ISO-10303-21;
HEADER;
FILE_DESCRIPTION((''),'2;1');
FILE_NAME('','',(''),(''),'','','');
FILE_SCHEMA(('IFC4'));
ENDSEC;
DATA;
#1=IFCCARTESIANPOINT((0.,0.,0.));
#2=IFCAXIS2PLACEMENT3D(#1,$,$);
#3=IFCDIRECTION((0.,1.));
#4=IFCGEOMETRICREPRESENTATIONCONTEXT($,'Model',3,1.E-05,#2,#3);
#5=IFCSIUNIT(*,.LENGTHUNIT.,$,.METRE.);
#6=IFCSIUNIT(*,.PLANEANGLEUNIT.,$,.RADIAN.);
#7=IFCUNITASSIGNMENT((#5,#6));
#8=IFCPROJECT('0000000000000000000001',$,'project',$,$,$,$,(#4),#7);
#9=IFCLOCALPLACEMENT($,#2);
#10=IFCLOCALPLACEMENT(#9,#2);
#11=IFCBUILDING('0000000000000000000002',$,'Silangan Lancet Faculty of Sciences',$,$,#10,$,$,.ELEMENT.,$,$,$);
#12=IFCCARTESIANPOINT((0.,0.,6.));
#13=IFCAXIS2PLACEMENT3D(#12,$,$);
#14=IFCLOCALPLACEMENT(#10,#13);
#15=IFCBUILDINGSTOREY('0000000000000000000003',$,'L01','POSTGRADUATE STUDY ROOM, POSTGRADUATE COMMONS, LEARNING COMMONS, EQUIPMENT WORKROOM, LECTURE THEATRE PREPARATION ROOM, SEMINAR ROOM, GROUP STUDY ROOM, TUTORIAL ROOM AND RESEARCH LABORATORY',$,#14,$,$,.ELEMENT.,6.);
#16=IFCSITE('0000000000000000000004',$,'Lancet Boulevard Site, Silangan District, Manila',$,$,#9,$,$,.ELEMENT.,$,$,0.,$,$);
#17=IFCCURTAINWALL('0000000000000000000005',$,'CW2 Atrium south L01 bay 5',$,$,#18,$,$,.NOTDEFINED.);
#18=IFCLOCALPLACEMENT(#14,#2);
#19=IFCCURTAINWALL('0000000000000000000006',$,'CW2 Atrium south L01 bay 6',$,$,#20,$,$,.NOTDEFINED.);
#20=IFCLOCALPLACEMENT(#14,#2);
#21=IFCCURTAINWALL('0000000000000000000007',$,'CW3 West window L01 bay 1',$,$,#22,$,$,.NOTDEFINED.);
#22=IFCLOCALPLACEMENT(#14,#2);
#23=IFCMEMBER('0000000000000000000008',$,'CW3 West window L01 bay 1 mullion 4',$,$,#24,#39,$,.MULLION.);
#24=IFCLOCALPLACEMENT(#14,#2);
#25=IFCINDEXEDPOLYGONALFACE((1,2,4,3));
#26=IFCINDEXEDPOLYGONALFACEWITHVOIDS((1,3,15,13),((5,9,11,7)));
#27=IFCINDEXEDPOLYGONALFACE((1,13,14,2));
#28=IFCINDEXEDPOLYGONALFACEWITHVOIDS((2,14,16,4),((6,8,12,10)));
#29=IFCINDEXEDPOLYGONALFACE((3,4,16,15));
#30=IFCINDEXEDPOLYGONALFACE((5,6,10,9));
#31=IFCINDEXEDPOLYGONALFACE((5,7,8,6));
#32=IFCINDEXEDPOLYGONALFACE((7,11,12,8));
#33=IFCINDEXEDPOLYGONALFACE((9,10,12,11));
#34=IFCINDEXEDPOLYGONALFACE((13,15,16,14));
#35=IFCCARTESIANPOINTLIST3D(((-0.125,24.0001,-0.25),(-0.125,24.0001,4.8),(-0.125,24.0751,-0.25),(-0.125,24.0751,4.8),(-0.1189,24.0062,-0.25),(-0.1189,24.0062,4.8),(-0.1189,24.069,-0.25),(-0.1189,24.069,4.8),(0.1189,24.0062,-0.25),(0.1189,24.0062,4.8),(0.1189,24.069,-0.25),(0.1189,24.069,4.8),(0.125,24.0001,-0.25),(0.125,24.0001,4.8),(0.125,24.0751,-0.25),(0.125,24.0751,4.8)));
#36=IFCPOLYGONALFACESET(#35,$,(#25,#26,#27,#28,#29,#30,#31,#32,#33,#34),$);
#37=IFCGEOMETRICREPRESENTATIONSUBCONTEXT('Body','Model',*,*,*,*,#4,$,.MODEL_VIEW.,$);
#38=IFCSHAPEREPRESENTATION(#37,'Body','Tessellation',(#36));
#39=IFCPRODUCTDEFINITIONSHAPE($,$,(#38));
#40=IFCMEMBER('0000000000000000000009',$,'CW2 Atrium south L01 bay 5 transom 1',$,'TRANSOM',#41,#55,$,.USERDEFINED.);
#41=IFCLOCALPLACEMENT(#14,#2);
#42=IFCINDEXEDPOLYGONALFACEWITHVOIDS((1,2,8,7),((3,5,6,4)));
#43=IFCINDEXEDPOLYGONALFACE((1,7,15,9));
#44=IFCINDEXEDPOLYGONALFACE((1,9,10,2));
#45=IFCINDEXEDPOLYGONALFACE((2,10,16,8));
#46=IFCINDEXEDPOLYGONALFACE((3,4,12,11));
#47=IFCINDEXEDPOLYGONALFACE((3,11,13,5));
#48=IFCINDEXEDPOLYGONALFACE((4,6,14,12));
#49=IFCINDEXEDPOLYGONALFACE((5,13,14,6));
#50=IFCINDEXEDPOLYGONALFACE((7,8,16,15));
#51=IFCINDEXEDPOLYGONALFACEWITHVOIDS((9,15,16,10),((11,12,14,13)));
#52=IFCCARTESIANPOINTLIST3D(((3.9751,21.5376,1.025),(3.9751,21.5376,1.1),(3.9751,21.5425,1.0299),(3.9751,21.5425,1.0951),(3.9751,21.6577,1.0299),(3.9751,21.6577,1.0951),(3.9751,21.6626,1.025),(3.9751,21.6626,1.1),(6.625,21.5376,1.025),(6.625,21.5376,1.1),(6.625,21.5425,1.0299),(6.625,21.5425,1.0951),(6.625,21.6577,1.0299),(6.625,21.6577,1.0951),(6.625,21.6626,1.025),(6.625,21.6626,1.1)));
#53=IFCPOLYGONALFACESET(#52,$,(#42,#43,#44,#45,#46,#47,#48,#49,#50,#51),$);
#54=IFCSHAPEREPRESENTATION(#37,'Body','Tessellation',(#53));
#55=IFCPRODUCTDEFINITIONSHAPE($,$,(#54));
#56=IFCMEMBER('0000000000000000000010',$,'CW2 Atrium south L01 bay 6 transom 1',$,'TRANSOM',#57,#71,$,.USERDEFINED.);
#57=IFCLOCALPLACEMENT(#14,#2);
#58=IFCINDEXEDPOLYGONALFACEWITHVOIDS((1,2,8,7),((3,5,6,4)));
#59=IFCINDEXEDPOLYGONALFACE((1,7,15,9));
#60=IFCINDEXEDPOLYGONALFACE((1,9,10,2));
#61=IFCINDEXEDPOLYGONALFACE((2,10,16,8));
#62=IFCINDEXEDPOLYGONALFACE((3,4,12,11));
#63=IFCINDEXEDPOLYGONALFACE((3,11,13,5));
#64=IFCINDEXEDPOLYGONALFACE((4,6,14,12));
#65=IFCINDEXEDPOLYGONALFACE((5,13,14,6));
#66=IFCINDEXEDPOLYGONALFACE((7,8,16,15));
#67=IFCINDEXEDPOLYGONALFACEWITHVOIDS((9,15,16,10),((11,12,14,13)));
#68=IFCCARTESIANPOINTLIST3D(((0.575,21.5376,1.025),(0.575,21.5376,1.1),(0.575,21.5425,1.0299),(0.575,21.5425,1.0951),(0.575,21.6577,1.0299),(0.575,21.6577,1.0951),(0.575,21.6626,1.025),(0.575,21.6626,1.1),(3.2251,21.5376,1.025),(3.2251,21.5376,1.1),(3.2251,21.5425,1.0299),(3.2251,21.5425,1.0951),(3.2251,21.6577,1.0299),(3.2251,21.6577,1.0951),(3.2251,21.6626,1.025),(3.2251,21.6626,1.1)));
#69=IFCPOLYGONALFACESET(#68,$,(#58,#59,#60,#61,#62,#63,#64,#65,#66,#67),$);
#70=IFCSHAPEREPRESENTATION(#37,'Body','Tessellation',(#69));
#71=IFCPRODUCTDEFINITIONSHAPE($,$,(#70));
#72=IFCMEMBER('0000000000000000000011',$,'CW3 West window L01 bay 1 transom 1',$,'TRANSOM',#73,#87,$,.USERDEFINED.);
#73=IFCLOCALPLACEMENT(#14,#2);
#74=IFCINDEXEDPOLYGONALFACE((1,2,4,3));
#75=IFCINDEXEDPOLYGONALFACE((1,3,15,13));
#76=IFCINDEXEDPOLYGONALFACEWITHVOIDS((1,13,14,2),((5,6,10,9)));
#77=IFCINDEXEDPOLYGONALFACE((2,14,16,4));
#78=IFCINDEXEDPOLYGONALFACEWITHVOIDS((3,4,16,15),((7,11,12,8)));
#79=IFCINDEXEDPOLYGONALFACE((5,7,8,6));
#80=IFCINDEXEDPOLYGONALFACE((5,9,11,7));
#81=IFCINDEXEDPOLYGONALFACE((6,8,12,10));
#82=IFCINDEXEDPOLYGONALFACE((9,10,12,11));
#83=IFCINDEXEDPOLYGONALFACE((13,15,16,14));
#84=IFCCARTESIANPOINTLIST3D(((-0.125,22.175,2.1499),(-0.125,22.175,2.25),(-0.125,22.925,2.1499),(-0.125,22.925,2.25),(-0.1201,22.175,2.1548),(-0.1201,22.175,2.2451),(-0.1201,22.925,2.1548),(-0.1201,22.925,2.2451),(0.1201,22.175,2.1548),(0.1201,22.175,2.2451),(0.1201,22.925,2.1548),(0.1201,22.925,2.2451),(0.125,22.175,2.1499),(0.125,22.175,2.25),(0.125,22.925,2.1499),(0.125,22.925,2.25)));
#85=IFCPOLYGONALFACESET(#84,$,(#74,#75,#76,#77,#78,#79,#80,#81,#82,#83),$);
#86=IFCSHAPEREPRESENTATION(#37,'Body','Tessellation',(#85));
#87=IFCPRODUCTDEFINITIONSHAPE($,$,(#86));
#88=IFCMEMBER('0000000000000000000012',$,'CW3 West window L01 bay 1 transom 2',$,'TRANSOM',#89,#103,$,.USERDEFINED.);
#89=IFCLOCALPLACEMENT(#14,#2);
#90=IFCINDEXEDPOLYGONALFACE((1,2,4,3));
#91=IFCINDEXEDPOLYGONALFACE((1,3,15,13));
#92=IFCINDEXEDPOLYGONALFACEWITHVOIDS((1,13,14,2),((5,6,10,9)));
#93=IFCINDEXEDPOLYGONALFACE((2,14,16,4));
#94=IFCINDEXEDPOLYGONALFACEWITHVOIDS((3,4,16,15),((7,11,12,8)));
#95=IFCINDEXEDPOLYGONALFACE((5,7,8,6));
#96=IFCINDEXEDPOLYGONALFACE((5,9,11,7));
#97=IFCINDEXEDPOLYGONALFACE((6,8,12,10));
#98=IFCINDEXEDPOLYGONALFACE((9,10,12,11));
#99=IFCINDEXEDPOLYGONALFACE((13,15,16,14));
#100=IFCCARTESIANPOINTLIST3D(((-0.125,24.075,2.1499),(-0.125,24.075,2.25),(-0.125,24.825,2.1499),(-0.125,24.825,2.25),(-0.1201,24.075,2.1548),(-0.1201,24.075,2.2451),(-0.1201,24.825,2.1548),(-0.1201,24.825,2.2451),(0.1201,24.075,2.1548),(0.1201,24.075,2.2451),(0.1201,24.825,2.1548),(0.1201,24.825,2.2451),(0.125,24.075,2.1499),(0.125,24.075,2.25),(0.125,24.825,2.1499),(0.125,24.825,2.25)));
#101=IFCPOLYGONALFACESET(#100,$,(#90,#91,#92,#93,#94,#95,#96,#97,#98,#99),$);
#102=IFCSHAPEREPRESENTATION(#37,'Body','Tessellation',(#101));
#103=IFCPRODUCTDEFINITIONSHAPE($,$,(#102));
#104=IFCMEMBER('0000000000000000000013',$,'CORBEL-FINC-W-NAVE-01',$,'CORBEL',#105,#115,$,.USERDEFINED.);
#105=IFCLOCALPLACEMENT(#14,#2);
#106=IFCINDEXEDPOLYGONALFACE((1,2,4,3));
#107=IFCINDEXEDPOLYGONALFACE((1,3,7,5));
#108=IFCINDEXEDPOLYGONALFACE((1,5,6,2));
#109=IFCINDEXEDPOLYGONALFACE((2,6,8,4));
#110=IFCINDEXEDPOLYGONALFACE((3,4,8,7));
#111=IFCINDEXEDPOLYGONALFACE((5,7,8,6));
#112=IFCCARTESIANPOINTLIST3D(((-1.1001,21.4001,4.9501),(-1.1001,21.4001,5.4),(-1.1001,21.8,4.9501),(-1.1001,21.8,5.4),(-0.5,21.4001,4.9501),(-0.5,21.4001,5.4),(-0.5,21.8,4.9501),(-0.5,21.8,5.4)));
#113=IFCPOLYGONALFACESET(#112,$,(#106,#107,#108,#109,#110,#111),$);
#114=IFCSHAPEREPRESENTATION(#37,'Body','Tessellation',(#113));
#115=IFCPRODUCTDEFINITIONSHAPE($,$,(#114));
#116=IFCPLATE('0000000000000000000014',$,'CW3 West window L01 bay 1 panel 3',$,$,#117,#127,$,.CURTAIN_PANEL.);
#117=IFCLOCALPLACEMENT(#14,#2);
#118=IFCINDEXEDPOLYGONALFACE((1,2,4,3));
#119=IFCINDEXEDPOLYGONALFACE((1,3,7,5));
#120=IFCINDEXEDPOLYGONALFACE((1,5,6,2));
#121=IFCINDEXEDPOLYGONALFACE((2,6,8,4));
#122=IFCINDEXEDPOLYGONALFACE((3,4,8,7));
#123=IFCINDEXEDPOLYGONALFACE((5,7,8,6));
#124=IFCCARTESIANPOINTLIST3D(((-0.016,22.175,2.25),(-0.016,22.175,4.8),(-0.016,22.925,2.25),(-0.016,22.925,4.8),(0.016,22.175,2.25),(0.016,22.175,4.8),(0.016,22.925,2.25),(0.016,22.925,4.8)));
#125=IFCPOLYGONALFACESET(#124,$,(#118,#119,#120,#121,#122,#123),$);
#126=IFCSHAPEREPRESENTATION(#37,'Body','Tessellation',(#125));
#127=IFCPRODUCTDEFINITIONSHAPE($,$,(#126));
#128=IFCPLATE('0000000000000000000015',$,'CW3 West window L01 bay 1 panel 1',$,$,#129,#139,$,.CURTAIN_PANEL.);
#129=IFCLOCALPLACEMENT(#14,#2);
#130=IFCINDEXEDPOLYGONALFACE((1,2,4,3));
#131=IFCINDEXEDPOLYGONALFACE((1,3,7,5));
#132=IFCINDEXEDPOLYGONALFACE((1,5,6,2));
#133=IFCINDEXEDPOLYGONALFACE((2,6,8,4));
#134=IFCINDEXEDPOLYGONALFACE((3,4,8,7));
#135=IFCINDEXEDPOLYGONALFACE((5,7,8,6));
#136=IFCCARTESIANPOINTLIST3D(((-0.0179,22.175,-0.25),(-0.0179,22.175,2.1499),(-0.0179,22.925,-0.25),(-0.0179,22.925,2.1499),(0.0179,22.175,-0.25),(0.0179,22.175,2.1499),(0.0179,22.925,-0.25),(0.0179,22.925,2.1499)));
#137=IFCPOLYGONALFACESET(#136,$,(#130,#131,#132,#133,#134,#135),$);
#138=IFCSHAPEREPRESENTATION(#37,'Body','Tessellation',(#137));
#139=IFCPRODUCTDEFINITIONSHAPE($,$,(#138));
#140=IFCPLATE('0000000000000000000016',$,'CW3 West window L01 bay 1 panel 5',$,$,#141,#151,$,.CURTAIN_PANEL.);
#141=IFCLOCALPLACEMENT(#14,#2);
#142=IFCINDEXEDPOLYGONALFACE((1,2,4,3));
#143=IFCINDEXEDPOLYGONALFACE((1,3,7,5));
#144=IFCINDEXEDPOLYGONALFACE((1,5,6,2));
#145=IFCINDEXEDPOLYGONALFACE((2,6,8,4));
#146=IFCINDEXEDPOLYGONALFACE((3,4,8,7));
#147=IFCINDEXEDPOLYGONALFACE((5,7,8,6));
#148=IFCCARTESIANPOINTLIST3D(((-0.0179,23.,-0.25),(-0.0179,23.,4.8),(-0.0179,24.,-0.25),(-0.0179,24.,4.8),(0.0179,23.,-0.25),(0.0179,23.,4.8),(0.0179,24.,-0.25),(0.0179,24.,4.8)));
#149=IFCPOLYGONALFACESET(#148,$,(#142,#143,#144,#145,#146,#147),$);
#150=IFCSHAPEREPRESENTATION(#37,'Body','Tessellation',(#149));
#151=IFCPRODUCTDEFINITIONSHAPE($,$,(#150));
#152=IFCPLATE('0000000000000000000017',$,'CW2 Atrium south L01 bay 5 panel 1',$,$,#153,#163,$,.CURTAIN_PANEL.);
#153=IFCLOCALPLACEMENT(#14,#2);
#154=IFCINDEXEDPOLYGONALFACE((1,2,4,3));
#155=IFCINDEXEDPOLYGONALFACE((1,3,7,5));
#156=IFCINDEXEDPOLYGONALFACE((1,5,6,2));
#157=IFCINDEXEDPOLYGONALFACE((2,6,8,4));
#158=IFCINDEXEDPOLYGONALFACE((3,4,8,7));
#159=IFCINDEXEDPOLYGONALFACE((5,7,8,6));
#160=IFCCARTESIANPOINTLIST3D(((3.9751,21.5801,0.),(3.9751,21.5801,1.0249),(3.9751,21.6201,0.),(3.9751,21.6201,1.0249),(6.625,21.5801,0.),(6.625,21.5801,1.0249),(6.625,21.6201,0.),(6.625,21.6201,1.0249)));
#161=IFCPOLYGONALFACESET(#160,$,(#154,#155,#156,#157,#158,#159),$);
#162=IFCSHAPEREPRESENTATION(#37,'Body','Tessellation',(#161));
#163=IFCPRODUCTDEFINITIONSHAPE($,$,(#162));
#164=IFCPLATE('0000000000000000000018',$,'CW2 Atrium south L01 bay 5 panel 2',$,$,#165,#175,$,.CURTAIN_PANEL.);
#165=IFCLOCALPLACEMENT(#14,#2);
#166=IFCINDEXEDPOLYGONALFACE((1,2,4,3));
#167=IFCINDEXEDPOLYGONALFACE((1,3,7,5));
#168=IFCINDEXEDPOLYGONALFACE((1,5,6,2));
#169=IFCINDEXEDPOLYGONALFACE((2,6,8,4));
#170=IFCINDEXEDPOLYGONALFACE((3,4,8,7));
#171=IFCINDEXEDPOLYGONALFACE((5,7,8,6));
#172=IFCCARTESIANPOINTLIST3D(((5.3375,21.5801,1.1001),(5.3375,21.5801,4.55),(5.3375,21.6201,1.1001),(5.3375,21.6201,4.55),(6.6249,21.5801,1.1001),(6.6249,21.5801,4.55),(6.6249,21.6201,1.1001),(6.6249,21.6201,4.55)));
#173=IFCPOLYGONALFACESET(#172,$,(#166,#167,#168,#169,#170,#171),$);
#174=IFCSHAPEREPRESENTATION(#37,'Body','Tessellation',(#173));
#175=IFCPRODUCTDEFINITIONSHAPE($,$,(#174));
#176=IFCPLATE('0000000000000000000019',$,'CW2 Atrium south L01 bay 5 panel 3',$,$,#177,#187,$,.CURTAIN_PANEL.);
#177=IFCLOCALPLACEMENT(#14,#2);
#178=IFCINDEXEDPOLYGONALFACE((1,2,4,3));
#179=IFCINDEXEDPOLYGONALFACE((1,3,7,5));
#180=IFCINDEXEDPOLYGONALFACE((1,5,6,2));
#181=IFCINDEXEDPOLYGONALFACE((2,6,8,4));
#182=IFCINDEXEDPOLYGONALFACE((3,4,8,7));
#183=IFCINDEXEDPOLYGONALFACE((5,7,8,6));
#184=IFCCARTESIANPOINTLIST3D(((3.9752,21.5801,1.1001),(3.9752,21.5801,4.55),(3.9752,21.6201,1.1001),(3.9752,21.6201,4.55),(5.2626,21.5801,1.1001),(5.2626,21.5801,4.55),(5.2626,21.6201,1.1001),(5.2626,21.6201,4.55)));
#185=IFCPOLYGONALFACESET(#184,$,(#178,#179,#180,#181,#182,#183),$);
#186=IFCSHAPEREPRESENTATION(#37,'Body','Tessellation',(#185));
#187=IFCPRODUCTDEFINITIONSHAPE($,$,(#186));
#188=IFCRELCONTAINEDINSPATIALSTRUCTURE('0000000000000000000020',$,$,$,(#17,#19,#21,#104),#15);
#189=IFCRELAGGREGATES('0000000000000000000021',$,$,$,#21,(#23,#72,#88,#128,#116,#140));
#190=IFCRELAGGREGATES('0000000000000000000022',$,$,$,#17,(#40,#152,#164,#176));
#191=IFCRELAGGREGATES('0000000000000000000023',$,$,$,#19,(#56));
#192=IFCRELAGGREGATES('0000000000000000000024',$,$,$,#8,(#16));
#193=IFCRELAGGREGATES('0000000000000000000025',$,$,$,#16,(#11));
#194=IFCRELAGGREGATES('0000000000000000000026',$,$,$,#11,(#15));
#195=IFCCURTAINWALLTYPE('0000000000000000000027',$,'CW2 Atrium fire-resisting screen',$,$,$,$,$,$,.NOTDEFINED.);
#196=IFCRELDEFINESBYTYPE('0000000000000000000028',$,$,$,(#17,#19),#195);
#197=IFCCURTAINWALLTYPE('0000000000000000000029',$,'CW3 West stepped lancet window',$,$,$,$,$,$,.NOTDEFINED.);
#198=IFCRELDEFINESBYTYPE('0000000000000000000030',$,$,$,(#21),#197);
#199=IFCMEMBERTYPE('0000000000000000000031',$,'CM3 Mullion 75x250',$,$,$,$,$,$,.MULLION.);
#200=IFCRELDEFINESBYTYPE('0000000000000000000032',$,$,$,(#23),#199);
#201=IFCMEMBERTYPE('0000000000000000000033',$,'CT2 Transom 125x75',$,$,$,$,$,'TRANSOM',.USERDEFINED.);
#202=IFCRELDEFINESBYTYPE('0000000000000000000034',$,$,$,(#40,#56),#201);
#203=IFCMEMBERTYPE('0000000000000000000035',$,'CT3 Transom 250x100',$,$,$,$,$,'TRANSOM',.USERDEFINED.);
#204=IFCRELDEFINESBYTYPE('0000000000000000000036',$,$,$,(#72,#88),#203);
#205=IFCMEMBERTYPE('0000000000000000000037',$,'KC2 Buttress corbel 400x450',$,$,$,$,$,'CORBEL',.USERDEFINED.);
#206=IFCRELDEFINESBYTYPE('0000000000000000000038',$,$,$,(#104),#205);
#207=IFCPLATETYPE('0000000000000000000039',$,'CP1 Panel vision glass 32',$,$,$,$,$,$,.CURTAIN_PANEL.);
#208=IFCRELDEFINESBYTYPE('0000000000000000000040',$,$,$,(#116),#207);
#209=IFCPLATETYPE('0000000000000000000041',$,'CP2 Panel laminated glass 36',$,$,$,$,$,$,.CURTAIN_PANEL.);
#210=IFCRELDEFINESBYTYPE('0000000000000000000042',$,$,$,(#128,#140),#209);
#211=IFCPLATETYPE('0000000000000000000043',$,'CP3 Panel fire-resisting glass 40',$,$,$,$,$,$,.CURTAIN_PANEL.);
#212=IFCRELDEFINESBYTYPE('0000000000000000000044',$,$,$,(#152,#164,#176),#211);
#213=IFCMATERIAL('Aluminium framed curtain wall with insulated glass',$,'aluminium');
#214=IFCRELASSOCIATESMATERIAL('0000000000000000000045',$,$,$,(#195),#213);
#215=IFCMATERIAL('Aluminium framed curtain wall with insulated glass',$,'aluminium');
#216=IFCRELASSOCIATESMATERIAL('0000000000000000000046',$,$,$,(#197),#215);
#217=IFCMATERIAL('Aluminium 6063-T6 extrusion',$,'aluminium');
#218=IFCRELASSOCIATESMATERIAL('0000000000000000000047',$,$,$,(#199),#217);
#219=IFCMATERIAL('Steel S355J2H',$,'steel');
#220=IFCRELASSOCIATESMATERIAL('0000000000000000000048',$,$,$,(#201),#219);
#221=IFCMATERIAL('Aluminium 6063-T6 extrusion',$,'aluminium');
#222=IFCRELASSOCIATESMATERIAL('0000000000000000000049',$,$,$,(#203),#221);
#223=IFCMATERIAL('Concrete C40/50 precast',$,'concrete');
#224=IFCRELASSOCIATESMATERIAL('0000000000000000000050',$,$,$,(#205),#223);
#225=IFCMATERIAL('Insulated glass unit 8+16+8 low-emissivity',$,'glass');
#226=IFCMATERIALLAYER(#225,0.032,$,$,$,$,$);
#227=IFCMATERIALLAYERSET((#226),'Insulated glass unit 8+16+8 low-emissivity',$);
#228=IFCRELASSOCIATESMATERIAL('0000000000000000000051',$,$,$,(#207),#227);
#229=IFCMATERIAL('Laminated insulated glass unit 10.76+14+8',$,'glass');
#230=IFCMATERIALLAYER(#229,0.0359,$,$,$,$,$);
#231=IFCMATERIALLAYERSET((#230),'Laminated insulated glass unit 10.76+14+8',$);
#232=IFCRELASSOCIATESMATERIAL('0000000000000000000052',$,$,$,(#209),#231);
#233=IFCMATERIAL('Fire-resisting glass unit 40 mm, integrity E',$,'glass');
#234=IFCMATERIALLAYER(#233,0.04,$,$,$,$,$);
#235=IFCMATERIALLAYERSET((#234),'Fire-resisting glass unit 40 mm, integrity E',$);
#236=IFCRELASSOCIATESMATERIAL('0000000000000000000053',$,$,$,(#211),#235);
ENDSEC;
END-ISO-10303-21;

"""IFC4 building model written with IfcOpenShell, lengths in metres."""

from ifc_helpers import new_model, si_unit, direction, frame, origin, origin_2d, place, context, subcontext, project, spatial, rectangle, hollow_rectangle, extrude, material, layer, layer_set, material_profile, profile_set, type_object, element, aggregate, save


model = new_model("IFC4")

# Units and contexts
model_context = context("Model", 3, precision=1e-05, world=origin(), true_north=direction((0.0, 1.0)))
body_context = subcontext(model_context, "Body", "Model", "MODEL_VIEW")
ifc_project = project(units=[si_unit("LENGTHUNIT", "METRE"), si_unit("PLANEANGLEUNIT", "RADIAN")], contexts=[model_context])

# Site, building, storey
site_placement = place(None, origin())
site = spatial("IfcSite", under=ifc_project, at=site_placement, Name="Lancet Boulevard Site, Silangan District, Manila", CompositionType="ELEMENT", RefElevation=0.0)
building_placement = place(site_placement, origin())
building = spatial("IfcBuilding", under=site, at=building_placement, Name="Silangan Lancet Faculty of Sciences", CompositionType="ELEMENT")
storey_placement = place(building_placement, frame((0.0, 0.0, 6.0)))
storey = spatial("IfcBuildingStorey", under=building, at=storey_placement, Name="L01", Description="POSTGRADUATE STUDY ROOM, POSTGRADUATE COMMONS, LEARNING COMMONS, EQUIPMENT WORKROOM, LECTURE THEATRE PREPARATION ROOM, SEMINAR ROOM, GROUP STUDY ROOM, TUTORIAL ROOM AND RESEARCH LABORATORY", CompositionType="ELEMENT", Elevation=6.0)

# Curtain walls, member
ifc_material_1 = material(Name="Aluminium framed curtain wall with insulated glass", Category="aluminium")
curtain_wall_type_1 = type_object("IfcCurtainWallType", Name="CW2 Atrium fire-resisting screen", PredefinedType="NOTDEFINED", material=ifc_material_1)
curtain_wall_1_placement = place(storey_placement, origin())
curtain_wall_1 = element("IfcCurtainWall", 1, at=curtain_wall_1_placement, inside=storey, type_object=curtain_wall_type_1, Name="CW2 Atrium south L01 bay 5", PredefinedType="NOTDEFINED")
curtain_wall_2_placement = place(storey_placement, origin())
curtain_wall_2 = element("IfcCurtainWall", 2, at=curtain_wall_2_placement, inside=storey, type_object=curtain_wall_type_1, Name="CW2 Atrium south L01 bay 6", PredefinedType="NOTDEFINED")
ifc_material_2 = material(Name="Aluminium framed curtain wall with insulated glass", Category="aluminium")
curtain_wall_type_2 = type_object("IfcCurtainWallType", Name="CW3 West stepped lancet window", PredefinedType="NOTDEFINED", material=ifc_material_2)
curtain_wall_3_placement = place(storey_placement, origin())
curtain_wall_3 = element("IfcCurtainWall", 3, at=curtain_wall_3_placement, inside=storey, type_object=curtain_wall_type_2, Name="CW3 West window L01 bay 1", PredefinedType="NOTDEFINED")
ifc_material_3 = material(Name="Aluminium 6063-T6 extrusion", Category="aluminium")
ifc_material_profile_1 = material_profile(ifc_material_3, hollow_rectangle(XDim=0.075, YDim=0.25, WallThickness=0.0061, at=origin_2d()), Name="AL BOX 75x250x6")
ifc_profile_set_1 = profile_set([ifc_material_profile_1], Name="Aluminium 6063-T6 extrusion")
member_type_1 = type_object("IfcMemberType", Name="CM3 Mullion 75x250", PredefinedType="MULLION", material=ifc_profile_set_1)
member_1_placement = place(storey_placement, frame((0.0, 24.0376, -0.25), z_axis=(0.0, 0.0, 1.0), x_axis=(0.0, 1.0, 0.0)))
member_1 = element("IfcMember", 4, at=member_1_placement, type_object=member_type_1, Name="CW3 West window L01 bay 1 mullion 4", PredefinedType="MULLION", context=body_context, shape_type="SweptSolid", body=[
    extrude(hollow_rectangle(XDim=0.075, YDim=0.25, WallThickness=0.0061, at=origin_2d()), origin(), (0.0, 0.0, 1.0), 5.05),
])

# Members
ifc_material_4 = material(Name="Steel S355J2H", Category="steel")
ifc_material_profile_2 = material_profile(ifc_material_4, hollow_rectangle(XDim=0.125, YDim=0.075, WallThickness=0.0049, at=origin_2d()), Name="ST BOX 125x75x5")
ifc_profile_set_2 = profile_set([ifc_material_profile_2], Name="Steel S355J2H")
member_type_2 = type_object("IfcMemberType", Name="CT2 Transom 125x75", ElementType="TRANSOM", PredefinedType="USERDEFINED", material=ifc_profile_set_2)
member_2_placement = place(storey_placement, frame((6.625, 21.6001, 1.0625), z_axis=(-1.0, 0.0, 0.0), x_axis=(0.0, -1.0, 0.0)))
member_2 = element("IfcMember", 5, at=member_2_placement, type_object=member_type_2, Name="CW2 Atrium south L01 bay 5 transom 1", ObjectType="TRANSOM", PredefinedType="USERDEFINED", context=body_context, shape_type="SweptSolid", body=[
    extrude(hollow_rectangle(XDim=0.125, YDim=0.075, WallThickness=0.0049, at=origin_2d()), origin(), (0.0, 0.0, 1.0), 2.6499),
])
member_3_placement = place(storey_placement, frame((3.2251, 21.6001, 1.0625), z_axis=(-1.0, 0.0, 0.0), x_axis=(0.0, -1.0, 0.0)))
member_3 = element("IfcMember", 6, at=member_3_placement, type_object=member_type_2, Name="CW2 Atrium south L01 bay 6 transom 1", ObjectType="TRANSOM", PredefinedType="USERDEFINED", context=body_context, shape_type="SweptSolid", body=[
    extrude(hollow_rectangle(XDim=0.125, YDim=0.075, WallThickness=0.0049, at=origin_2d()), origin(), (0.0, 0.0, 1.0), 2.6501),
])
ifc_material_5 = material(Name="Aluminium 6063-T6 extrusion", Category="aluminium")
ifc_material_profile_3 = material_profile(ifc_material_5, hollow_rectangle(XDim=0.25, YDim=0.1001, WallThickness=0.0049, at=origin_2d()), Name="AL BOX 250x100x5")
ifc_profile_set_3 = profile_set([ifc_material_profile_3], Name="Aluminium 6063-T6 extrusion")
member_type_3 = type_object("IfcMemberType", Name="CT3 Transom 250x100", ElementType="TRANSOM", PredefinedType="USERDEFINED", material=ifc_profile_set_3)
member_4_placement = place(storey_placement, frame((0.0, 22.175, 2.2), z_axis=(0.0, 1.0, 0.0), x_axis=(-1.0, 0.0, 0.0)))
member_4 = element("IfcMember", 7, at=member_4_placement, type_object=member_type_3, Name="CW3 West window L01 bay 1 transom 1", ObjectType="TRANSOM", PredefinedType="USERDEFINED", context=body_context, shape_type="SweptSolid", body=[
    extrude(hollow_rectangle(XDim=0.25, YDim=0.1001, WallThickness=0.0049, at=origin_2d()), origin(), (0.0, 0.0, 1.0), 0.75),
])
member_5_placement = place(storey_placement, frame((0.0, 24.075, 2.2), z_axis=(0.0, 1.0, 0.0), x_axis=(-1.0, 0.0, 0.0)))
member_5 = element("IfcMember", 8, at=member_5_placement, type_object=member_type_3, Name="CW3 West window L01 bay 1 transom 2", ObjectType="TRANSOM", PredefinedType="USERDEFINED", context=body_context, shape_type="SweptSolid", body=[
    extrude(hollow_rectangle(XDim=0.25, YDim=0.1001, WallThickness=0.0049, at=origin_2d()), origin(), (0.0, 0.0, 1.0), 0.75),
])
ifc_material_6 = material(Name="Concrete C40/50 precast", Category="concrete")
ifc_material_profile_4 = material_profile(ifc_material_6, rectangle(XDim=0.3999, YDim=0.45, at=origin_2d()), Name="RC 400x450")
ifc_profile_set_4 = profile_set([ifc_material_profile_4], Name="Concrete C40/50 precast")
member_type_4 = type_object("IfcMemberType", Name="KC2 Buttress corbel 400x450", ElementType="CORBEL", PredefinedType="USERDEFINED", material=ifc_profile_set_4)
member_6_placement = place(storey_placement, frame((-0.5, 21.6001, 5.175), z_axis=(-1.0, 0.0, 0.0), x_axis=(0.0, -1.0, 0.0)))
element("IfcMember", 9, at=member_6_placement, inside=storey, type_object=member_type_4, Name="CORBEL-FINC-W-NAVE-01", ObjectType="CORBEL", PredefinedType="USERDEFINED", context=body_context, shape_type="SweptSolid", body=[
    extrude(rectangle(XDim=0.3999, YDim=0.45, at=origin_2d()), origin(), (0.0, 0.0, 1.0), 0.6001),
])

# Plates
ifc_material_7 = material(Name="Insulated glass unit 8+16+8 low-emissivity", Category="glass")
ifc_layer_1 = layer(ifc_material_7, 0.032)
ifc_layer_set_1 = layer_set([ifc_layer_1], Name="Insulated glass unit 8+16+8 low-emissivity")
plate_type_1 = type_object("IfcPlateType", Name="CP1 Panel vision glass 32", PredefinedType="CURTAIN_PANEL", material=ifc_layer_set_1)
plate_1_placement = place(storey_placement, frame((0.0, 22.55, 2.25), z_axis=(0.0, 0.0, 1.0), x_axis=(0.0, 1.0, 0.0)))
plate_1 = element("IfcPlate", 10, at=plate_1_placement, type_object=plate_type_1, Name="CW3 West window L01 bay 1 panel 3", PredefinedType="CURTAIN_PANEL", context=body_context, shape_type="SweptSolid", body=[
    extrude(rectangle(XDim=0.75, YDim=0.032, at=origin_2d()), origin(), (0.0, 0.0, 1.0), 2.55),
])
ifc_material_8 = material(Name="Laminated insulated glass unit 10.76+14+8", Category="glass")
ifc_layer_2 = layer(ifc_material_8, 0.0359)
ifc_layer_set_2 = layer_set([ifc_layer_2], Name="Laminated insulated glass unit 10.76+14+8")
plate_type_2 = type_object("IfcPlateType", Name="CP2 Panel laminated glass 36", PredefinedType="CURTAIN_PANEL", material=ifc_layer_set_2)
plate_2_placement = place(storey_placement, frame((0.0, 22.55, -0.25), z_axis=(0.0, 0.0, 1.0), x_axis=(0.0, 1.0, 0.0)))
plate_2 = element("IfcPlate", 11, at=plate_2_placement, type_object=plate_type_2, Name="CW3 West window L01 bay 1 panel 1", PredefinedType="CURTAIN_PANEL", context=body_context, shape_type="SweptSolid", body=[
    extrude(rectangle(XDim=0.75, YDim=0.0359, at=origin_2d()), origin(), (0.0, 0.0, 1.0), 2.3999),
])
plate_3_placement = place(storey_placement, frame((0.0, 23.5, -0.25), z_axis=(0.0, 0.0, 1.0), x_axis=(0.0, 1.0, 0.0)))
plate_3 = element("IfcPlate", 12, at=plate_3_placement, type_object=plate_type_2, Name="CW3 West window L01 bay 1 panel 5", PredefinedType="CURTAIN_PANEL", context=body_context, shape_type="SweptSolid", body=[
    extrude(rectangle(XDim=1.0, YDim=0.0359, at=origin_2d()), origin(), (0.0, 0.0, 1.0), 5.05),
])
aggregate(curtain_wall_3, [member_1, member_4, member_5, plate_2, plate_1, plate_3])
ifc_material_9 = material(Name="Fire-resisting glass unit 40 mm, integrity E", Category="glass")
ifc_layer_3 = layer(ifc_material_9, 0.04)
ifc_layer_set_3 = layer_set([ifc_layer_3], Name="Fire-resisting glass unit 40 mm, integrity E")
plate_type_3 = type_object("IfcPlateType", Name="CP3 Panel fire-resisting glass 40", PredefinedType="CURTAIN_PANEL", material=ifc_layer_set_3)
plate_4_placement = place(storey_placement, frame((5.3, 21.6001, 0.0), z_axis=(0.0, 0.0, 1.0), x_axis=(-1.0, 0.0, 0.0)))
plate_4 = element("IfcPlate", 13, at=plate_4_placement, type_object=plate_type_3, Name="CW2 Atrium south L01 bay 5 panel 1", PredefinedType="CURTAIN_PANEL", context=body_context, shape_type="SweptSolid", body=[
    extrude(rectangle(XDim=2.6499, YDim=0.04, at=origin_2d()), origin(), (0.0, 0.0, 1.0), 1.0249),
])
plate_5_placement = place(storey_placement, frame((5.9812, 21.6001, 1.1001), z_axis=(0.0, 0.0, 1.0), x_axis=(-1.0, 0.0, 0.0)))
plate_5 = element("IfcPlate", 14, at=plate_5_placement, type_object=plate_type_3, Name="CW2 Atrium south L01 bay 5 panel 2", PredefinedType="CURTAIN_PANEL", context=body_context, shape_type="SweptSolid", body=[
    extrude(rectangle(XDim=1.2874, YDim=0.04, at=origin_2d()), origin(), (0.0, 0.0, 1.0), 3.45),
])
plate_6_placement = place(storey_placement, frame((4.6189, 21.6001, 1.1001), z_axis=(0.0, 0.0, 1.0), x_axis=(-1.0, 0.0, 0.0)))
plate_6 = element("IfcPlate", 15, at=plate_6_placement, type_object=plate_type_3, Name="CW2 Atrium south L01 bay 5 panel 3", PredefinedType="CURTAIN_PANEL", context=body_context, shape_type="SweptSolid", body=[
    extrude(rectangle(XDim=1.2874, YDim=0.04, at=origin_2d()), origin(), (0.0, 0.0, 1.0), 3.45),
])
aggregate(curtain_wall_1, [member_2, plate_4, plate_5, plate_6])
aggregate(curtain_wall_2, [member_3])

save(model, "model.ifc")
